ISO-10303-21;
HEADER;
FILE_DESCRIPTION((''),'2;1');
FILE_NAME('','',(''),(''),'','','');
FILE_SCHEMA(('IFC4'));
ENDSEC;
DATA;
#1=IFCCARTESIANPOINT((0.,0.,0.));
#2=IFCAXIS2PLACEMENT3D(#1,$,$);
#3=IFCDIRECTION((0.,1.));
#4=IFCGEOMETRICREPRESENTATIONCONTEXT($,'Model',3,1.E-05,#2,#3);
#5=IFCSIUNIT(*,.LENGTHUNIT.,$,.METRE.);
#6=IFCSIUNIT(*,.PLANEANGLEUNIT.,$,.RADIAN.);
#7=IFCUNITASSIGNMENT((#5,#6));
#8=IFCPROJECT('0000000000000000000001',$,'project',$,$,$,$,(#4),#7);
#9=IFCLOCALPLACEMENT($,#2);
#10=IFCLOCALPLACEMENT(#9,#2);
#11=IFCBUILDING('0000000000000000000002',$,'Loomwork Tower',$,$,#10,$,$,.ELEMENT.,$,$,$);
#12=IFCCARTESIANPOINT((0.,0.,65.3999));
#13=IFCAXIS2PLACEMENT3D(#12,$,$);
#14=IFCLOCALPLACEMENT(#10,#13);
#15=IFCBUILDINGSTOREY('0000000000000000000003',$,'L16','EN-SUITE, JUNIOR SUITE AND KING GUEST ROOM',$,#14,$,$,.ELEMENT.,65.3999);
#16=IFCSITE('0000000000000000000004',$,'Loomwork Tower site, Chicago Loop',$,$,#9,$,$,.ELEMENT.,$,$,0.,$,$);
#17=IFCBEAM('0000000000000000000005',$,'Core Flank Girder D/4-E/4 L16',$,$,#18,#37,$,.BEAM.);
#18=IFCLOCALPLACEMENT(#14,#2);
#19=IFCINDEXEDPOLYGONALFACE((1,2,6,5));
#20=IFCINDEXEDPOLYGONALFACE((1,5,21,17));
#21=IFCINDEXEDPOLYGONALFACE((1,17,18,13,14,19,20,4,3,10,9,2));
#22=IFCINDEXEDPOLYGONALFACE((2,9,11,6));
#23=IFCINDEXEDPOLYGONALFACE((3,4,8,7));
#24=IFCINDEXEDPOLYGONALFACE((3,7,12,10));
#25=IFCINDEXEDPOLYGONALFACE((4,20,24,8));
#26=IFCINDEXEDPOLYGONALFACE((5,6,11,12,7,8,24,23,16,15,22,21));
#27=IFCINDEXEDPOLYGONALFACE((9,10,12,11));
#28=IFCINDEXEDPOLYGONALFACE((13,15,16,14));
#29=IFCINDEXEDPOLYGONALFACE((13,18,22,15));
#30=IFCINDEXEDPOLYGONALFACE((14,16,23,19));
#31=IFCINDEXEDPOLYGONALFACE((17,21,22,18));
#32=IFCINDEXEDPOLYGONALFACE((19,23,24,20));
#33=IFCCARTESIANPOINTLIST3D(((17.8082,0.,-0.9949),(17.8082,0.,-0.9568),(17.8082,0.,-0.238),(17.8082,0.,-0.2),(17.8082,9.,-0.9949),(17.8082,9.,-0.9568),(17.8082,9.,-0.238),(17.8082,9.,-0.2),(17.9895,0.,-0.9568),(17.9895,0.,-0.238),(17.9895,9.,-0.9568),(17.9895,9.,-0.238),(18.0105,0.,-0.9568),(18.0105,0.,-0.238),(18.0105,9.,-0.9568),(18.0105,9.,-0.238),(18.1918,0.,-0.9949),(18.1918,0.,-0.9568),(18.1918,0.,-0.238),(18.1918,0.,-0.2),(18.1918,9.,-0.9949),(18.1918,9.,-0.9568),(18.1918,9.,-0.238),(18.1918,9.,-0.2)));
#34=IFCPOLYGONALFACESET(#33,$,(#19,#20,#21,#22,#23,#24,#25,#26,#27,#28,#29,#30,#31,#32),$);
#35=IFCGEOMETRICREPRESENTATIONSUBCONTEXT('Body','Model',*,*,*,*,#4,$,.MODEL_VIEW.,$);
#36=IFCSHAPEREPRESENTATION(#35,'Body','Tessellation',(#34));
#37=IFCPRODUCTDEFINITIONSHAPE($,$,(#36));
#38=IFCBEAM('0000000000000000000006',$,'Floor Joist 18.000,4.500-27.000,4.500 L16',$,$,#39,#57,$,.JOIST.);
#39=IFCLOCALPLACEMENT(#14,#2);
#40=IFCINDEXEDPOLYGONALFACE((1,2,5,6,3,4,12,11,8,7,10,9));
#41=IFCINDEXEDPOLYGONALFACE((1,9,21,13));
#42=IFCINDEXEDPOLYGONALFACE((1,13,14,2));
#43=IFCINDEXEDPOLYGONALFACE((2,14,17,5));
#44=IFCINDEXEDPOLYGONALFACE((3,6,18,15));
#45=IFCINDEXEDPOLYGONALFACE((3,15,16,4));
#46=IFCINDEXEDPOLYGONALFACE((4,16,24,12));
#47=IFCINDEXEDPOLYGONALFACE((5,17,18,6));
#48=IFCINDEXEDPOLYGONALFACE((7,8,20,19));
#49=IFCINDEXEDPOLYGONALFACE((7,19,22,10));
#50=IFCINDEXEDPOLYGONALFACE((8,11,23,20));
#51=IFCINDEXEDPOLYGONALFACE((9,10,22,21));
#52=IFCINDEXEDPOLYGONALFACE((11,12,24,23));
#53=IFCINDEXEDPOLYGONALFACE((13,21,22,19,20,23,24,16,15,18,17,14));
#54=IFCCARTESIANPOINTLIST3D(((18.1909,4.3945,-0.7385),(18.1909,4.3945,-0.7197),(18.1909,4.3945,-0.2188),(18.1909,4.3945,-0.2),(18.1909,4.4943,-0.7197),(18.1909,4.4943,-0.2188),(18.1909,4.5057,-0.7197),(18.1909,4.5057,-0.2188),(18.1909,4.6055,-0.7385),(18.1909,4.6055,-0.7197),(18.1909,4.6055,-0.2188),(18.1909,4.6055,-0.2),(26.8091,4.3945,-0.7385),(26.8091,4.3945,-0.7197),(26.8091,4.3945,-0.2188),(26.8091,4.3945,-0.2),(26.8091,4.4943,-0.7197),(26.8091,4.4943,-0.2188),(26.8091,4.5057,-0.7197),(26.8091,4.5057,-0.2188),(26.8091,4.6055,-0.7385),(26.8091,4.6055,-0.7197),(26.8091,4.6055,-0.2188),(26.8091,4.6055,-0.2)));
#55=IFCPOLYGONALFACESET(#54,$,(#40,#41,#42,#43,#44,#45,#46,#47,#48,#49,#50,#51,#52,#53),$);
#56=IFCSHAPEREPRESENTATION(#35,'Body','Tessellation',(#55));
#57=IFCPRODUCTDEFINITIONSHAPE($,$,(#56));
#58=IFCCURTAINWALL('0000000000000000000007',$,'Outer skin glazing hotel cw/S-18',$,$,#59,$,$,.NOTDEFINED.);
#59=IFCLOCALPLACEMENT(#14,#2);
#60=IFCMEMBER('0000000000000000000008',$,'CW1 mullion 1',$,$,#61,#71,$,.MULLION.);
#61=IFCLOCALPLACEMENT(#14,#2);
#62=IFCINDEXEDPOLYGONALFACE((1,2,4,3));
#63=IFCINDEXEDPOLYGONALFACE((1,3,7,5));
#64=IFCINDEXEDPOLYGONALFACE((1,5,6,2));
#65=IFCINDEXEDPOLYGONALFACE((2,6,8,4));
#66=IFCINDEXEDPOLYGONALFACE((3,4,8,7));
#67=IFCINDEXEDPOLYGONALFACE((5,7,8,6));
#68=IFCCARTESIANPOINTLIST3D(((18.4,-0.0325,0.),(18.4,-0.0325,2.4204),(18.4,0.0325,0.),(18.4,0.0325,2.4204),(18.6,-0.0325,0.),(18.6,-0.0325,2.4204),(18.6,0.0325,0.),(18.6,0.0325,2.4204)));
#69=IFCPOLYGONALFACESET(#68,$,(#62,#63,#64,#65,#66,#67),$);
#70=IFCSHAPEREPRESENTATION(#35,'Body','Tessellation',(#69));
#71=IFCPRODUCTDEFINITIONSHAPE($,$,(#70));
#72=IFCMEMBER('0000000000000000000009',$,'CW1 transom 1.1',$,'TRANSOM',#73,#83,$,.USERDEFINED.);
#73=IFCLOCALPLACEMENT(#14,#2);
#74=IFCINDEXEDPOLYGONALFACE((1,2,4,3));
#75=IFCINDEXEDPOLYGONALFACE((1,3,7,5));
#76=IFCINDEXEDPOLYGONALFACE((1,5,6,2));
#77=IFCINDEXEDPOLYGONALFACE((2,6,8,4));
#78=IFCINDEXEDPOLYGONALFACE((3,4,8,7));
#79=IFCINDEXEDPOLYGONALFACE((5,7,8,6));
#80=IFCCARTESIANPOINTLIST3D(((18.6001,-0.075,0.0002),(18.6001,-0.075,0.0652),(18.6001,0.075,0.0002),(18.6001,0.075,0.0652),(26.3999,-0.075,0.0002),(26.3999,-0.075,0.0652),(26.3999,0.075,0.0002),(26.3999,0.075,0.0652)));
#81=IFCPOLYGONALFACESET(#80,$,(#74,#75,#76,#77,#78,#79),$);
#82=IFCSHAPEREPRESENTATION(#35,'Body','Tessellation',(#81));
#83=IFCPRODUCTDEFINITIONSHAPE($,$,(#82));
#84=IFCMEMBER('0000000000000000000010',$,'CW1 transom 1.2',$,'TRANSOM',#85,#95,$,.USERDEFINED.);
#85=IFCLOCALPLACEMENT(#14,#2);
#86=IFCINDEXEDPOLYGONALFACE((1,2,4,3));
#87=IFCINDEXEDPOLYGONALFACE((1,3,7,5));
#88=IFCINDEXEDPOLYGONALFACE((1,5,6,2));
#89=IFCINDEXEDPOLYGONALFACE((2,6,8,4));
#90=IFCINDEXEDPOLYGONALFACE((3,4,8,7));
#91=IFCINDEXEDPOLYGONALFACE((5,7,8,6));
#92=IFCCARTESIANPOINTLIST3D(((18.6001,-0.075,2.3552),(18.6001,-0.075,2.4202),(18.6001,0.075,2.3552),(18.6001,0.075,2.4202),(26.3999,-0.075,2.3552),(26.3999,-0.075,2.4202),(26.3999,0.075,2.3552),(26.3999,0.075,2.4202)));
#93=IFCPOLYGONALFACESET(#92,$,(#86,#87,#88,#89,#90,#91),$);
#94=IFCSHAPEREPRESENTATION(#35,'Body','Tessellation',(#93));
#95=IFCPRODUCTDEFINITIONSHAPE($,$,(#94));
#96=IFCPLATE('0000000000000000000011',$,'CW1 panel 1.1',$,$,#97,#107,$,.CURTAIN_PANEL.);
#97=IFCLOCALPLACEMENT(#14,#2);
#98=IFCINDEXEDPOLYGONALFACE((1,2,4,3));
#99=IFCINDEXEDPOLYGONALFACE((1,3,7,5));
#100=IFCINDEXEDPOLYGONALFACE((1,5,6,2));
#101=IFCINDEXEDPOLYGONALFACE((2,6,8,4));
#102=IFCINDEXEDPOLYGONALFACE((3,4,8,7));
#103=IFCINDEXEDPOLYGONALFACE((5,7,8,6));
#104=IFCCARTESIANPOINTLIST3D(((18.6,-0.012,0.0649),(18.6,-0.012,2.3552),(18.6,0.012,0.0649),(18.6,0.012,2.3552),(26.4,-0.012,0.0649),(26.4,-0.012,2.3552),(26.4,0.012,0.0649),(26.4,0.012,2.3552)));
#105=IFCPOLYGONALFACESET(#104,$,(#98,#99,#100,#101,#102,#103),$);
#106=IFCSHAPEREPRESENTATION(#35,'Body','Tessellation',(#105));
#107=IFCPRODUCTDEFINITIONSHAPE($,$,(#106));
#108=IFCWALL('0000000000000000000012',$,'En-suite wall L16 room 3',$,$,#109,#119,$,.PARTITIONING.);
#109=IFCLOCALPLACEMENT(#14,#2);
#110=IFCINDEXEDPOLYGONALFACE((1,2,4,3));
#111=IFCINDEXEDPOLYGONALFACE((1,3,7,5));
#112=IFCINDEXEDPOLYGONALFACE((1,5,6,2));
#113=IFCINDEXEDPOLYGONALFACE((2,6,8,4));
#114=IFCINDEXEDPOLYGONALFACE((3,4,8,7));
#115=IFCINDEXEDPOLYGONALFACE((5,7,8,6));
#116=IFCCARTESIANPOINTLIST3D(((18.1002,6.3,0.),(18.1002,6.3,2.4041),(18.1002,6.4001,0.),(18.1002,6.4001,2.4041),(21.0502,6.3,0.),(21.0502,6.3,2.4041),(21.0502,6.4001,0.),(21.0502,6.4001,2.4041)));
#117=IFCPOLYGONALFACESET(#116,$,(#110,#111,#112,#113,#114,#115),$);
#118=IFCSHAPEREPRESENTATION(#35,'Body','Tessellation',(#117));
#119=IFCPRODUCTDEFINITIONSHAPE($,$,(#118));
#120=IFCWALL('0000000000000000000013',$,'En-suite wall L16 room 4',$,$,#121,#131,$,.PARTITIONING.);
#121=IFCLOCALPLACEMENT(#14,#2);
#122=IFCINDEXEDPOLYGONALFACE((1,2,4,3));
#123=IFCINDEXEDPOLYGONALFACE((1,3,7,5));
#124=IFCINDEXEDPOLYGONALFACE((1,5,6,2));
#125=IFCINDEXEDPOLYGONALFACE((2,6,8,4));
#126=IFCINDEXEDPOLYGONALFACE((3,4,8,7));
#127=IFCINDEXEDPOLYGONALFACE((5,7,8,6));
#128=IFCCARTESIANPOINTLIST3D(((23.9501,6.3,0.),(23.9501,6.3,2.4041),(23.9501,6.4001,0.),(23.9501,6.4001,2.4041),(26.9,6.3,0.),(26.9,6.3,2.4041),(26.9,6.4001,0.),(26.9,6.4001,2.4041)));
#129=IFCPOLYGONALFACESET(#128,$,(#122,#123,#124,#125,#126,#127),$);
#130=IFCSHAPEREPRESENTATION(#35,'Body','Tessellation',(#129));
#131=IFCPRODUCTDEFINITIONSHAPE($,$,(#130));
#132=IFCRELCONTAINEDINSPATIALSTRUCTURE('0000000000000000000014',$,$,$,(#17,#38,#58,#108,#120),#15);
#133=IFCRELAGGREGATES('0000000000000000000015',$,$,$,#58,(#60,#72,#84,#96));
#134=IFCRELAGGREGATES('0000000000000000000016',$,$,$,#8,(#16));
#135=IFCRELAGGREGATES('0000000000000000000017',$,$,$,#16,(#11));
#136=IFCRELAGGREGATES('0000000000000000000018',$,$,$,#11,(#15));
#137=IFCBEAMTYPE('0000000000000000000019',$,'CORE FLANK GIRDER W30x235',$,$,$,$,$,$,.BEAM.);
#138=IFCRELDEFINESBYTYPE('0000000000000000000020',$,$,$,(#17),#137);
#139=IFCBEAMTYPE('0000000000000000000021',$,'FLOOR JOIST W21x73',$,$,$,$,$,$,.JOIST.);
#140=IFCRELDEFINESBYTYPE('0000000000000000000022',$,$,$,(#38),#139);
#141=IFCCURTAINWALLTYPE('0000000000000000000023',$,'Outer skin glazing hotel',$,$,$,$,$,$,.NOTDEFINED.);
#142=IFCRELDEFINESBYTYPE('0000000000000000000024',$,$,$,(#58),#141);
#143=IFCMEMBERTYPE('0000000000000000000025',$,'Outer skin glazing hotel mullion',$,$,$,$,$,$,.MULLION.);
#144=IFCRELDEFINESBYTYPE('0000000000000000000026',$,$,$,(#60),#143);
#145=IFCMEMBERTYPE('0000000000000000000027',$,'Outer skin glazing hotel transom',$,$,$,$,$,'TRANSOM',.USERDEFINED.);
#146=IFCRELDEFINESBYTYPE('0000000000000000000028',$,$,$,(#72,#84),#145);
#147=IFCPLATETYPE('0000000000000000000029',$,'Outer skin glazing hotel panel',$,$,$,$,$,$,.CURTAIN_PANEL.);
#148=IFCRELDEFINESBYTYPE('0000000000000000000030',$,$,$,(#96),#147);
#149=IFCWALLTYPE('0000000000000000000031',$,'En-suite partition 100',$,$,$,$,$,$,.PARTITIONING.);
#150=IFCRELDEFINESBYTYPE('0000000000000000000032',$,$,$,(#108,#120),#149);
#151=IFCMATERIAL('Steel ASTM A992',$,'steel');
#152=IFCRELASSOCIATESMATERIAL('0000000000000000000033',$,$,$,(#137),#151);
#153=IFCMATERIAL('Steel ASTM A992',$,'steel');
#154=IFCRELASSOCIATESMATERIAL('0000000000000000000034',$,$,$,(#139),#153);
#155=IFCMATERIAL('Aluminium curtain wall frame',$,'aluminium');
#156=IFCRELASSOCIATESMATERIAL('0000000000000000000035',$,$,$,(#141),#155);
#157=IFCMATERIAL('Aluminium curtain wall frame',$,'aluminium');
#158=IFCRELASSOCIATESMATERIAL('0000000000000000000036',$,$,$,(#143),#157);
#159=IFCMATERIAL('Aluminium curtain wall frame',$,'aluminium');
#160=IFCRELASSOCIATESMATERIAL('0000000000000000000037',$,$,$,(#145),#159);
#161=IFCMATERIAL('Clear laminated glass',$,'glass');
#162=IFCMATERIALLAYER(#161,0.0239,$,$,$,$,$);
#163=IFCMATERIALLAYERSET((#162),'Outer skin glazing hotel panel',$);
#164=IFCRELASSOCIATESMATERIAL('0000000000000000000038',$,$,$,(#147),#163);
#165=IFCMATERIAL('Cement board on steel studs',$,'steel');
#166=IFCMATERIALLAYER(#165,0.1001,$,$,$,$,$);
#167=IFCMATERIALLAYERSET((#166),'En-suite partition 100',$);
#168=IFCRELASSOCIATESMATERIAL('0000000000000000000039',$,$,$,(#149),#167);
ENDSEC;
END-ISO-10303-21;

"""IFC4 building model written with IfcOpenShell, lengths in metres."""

from ifc_helpers import new_model, si_unit, direction, frame, frame_2d, origin, origin_2d, place, context, subcontext, project, spatial, rectangle, i_section, extrude, material, layer, layer_set, material_profile, profile_set, type_object, element, aggregate, save


model = new_model("IFC4")

# Units and contexts
model_context = context("Model", 3, precision=1e-05, world=origin(), true_north=direction((0.0, 1.0)))
body_context = subcontext(model_context, "Body", "Model", "MODEL_VIEW")
ifc_project = project(units=[si_unit("LENGTHUNIT", "METRE"), si_unit("PLANEANGLEUNIT", "RADIAN")], contexts=[model_context])

# Site, building, storey
site_placement = place(None, origin())
site = spatial("IfcSite", under=ifc_project, at=site_placement, Name="Loomwork Tower site, Chicago Loop", CompositionType="ELEMENT", RefElevation=0.0)
building_placement = place(site_placement, origin())
building = spatial("IfcBuilding", under=site, at=building_placement, Name="Loomwork Tower", CompositionType="ELEMENT")
storey_placement = place(building_placement, frame((0.0, 0.0, 65.3999)))
storey = spatial("IfcBuildingStorey", under=building, at=storey_placement, Name="L16", Description="EN-SUITE, JUNIOR SUITE AND KING GUEST ROOM", CompositionType="ELEMENT", Elevation=65.3999)

# Beams
ifc_material_1 = material(Name="Steel ASTM A992", Category="steel")
ifc_material_profile_1 = material_profile(ifc_material_1, i_section(OverallWidth=0.3835, OverallDepth=0.7949, WebThickness=0.021, FlangeThickness=0.0381, at=origin_2d()), Name="W30x235")
ifc_profile_set_1 = profile_set([ifc_material_profile_1], Name="Steel ASTM A992")
beam_type_1 = type_object("IfcBeamType", Name="CORE FLANK GIRDER W30x235", PredefinedType="BEAM", material=ifc_profile_set_1)
beam_1_placement = place(storey_placement, frame((18.0, 0.0, -0.5974), z_axis=(0.0, 1.0, 0.0), x_axis=(-1.0, 0.0, 0.0)))
element("IfcBeam", 1, at=beam_1_placement, inside=storey, type_object=beam_type_1, Name="Core Flank Girder D/4-E/4 L16", PredefinedType="BEAM", context=body_context, shape_type="SweptSolid", body=[
    extrude(i_section(OverallWidth=0.3835, OverallDepth=0.7949, WebThickness=0.021, FlangeThickness=0.0381, at=origin_2d()), origin(), (0.0, 0.0, 1.0), 9.0),
])
ifc_material_2 = material(Name="Steel ASTM A992", Category="steel")
ifc_material_profile_2 = material_profile(ifc_material_2, i_section(OverallWidth=0.2109, OverallDepth=0.5386, WebThickness=0.0115, FlangeThickness=0.0188, at=origin_2d()), Name="W21x73")
ifc_profile_set_2 = profile_set([ifc_material_profile_2], Name="Steel ASTM A992")
beam_type_2 = type_object("IfcBeamType", Name="FLOOR JOIST W21x73", PredefinedType="JOIST", material=ifc_profile_set_2)
beam_2_placement = place(storey_placement, frame((18.1909, 4.5, -0.4692), z_axis=(1.0, 0.0, 0.0), x_axis=(0.0, 1.0, 0.0)))
element("IfcBeam", 2, at=beam_2_placement, inside=storey, type_object=beam_type_2, Name="Floor Joist 18.000,4.500-27.000,4.500 L16", PredefinedType="JOIST", context=body_context, shape_type="SweptSolid", body=[
    extrude(i_section(OverallWidth=0.2109, OverallDepth=0.5386, WebThickness=0.0115, FlangeThickness=0.0188, at=origin_2d()), origin(), (0.0, 0.0, 1.0), 8.6182),
])

# Curtain wall, members, plate
ifc_material_3 = material(Name="Aluminium curtain wall frame", Category="aluminium")
curtain_wall_type = type_object("IfcCurtainWallType", Name="Outer skin glazing hotel", PredefinedType="NOTDEFINED", material=ifc_material_3)
curtain_wall_placement = place(storey_placement, origin())
curtain_wall = element("IfcCurtainWall", 3, at=curtain_wall_placement, inside=storey, type_object=curtain_wall_type, Name="Outer skin glazing hotel cw/S-18", PredefinedType="NOTDEFINED")
ifc_material_4 = material(Name="Aluminium curtain wall frame", Category="aluminium")
ifc_material_profile_3 = material_profile(ifc_material_4, rectangle(XDim=0.0649, YDim=0.2, at=origin_2d()), Name="AL 65x200")
ifc_profile_set_3 = profile_set([ifc_material_profile_3], Name="Aluminium curtain wall frame")
member_type_1 = type_object("IfcMemberType", Name="Outer skin glazing hotel mullion", PredefinedType="MULLION", material=ifc_profile_set_3)
member_1_placement = place(storey_placement, frame((18.5, 0.0, 0.0), z_axis=(0.0, 0.0, 1.0), x_axis=(0.0, 1.0, 0.0)))
member_1 = element("IfcMember", 4, at=member_1_placement, type_object=member_type_1, Name="CW1 mullion 1", PredefinedType="MULLION", context=body_context, shape_type="SweptSolid", body=[
    extrude(rectangle(XDim=0.0649, YDim=0.2, at=origin_2d()), origin(), (0.0, 0.0, 1.0), 2.4204),
])
ifc_material_5 = material(Name="Aluminium curtain wall frame", Category="aluminium")
ifc_material_profile_4 = material_profile(ifc_material_5, rectangle(XDim=0.1499, YDim=0.0649, at=origin_2d()), Name="AL 65x150")
ifc_profile_set_4 = profile_set([ifc_material_profile_4], Name="Aluminium curtain wall frame")
member_type_2 = type_object("IfcMemberType", Name="Outer skin glazing hotel transom", ElementType="TRANSOM", PredefinedType="USERDEFINED", material=ifc_profile_set_4)
member_2_placement = place(storey_placement, frame((18.6001, 0.0, 0.0327), z_axis=(1.0, 0.0, 0.0), x_axis=(0.0, 1.0, 0.0)))
member_2 = element("IfcMember", 5, at=member_2_placement, type_object=member_type_2, Name="CW1 transom 1.1", ObjectType="TRANSOM", PredefinedType="USERDEFINED", context=body_context, shape_type="SweptSolid", body=[
    extrude(rectangle(XDim=0.1499, YDim=0.0649, at=origin_2d()), origin(), (0.0, 0.0, 1.0), 7.7998),
])
member_3_placement = place(storey_placement, frame((18.6001, 0.0, 2.3877), z_axis=(1.0, 0.0, 0.0), x_axis=(0.0, 1.0, 0.0)))
member_3 = element("IfcMember", 6, at=member_3_placement, type_object=member_type_2, Name="CW1 transom 1.2", ObjectType="TRANSOM", PredefinedType="USERDEFINED", context=body_context, shape_type="SweptSolid", body=[
    extrude(rectangle(XDim=0.1499, YDim=0.0649, at=origin_2d()), origin(), (0.0, 0.0, 1.0), 7.7998),
])
ifc_material_6 = material(Name="Clear laminated glass", Category="glass")
ifc_layer_1 = layer(ifc_material_6, 0.0239)
ifc_layer_set_1 = layer_set([ifc_layer_1], Name="Outer skin glazing hotel panel")
plate_type = type_object("IfcPlateType", Name="Outer skin glazing hotel panel", PredefinedType="CURTAIN_PANEL", material=ifc_layer_set_1)
plate_placement = place(storey_placement, frame((22.5, 0.0, 0.0649), z_axis=(0.0, 0.0, 1.0), x_axis=(1.0, 0.0, 0.0)))
plate = element("IfcPlate", 7, at=plate_placement, type_object=plate_type, Name="CW1 panel 1.1", PredefinedType="CURTAIN_PANEL", context=body_context, shape_type="SweptSolid", body=[
    extrude(rectangle(XDim=7.8, YDim=0.0239, at=origin_2d()), origin(), (0.0, 0.0, 1.0), 2.2903),
])
aggregate(curtain_wall, [member_1, member_2, member_3, plate])

# Walls
ifc_material_7 = material(Name="Cement board on steel studs", Category="steel")
ifc_layer_2 = layer(ifc_material_7, 0.1001)
ifc_layer_set_2 = layer_set([ifc_layer_2], Name="En-suite partition 100")
wall_type_1 = type_object("IfcWallType", Name="En-suite partition 100", PredefinedType="PARTITIONING", material=ifc_layer_set_2)
for number, where, z_axis, x_axis, name in (
    (8, (18.1001, 6.3501, 0.0), (0.0, 0.0, 1.0), (1.0, 0.0, 0.0), "En-suite wall L16 room 3"),
    (9, (23.95, 6.3501, 0.0), (0.0, 0.0, 1.0), (1.0, 0.0, 0.0), "En-suite wall L16 room 4"),
):
    element("IfcWall", number, at=place(storey_placement, frame(where, z_axis=z_axis, x_axis=x_axis)), inside=storey, type_object=wall_type_1, Name=name, PredefinedType="PARTITIONING", context=body_context, shape_type="SweptSolid", body=[
        extrude(rectangle(XDim=2.95, YDim=0.1001, at=frame_2d((1.4751, 0.0))), origin(), (0.0, 0.0, 1.0), 2.4041),
    ])

save(model, "model.ifc")
